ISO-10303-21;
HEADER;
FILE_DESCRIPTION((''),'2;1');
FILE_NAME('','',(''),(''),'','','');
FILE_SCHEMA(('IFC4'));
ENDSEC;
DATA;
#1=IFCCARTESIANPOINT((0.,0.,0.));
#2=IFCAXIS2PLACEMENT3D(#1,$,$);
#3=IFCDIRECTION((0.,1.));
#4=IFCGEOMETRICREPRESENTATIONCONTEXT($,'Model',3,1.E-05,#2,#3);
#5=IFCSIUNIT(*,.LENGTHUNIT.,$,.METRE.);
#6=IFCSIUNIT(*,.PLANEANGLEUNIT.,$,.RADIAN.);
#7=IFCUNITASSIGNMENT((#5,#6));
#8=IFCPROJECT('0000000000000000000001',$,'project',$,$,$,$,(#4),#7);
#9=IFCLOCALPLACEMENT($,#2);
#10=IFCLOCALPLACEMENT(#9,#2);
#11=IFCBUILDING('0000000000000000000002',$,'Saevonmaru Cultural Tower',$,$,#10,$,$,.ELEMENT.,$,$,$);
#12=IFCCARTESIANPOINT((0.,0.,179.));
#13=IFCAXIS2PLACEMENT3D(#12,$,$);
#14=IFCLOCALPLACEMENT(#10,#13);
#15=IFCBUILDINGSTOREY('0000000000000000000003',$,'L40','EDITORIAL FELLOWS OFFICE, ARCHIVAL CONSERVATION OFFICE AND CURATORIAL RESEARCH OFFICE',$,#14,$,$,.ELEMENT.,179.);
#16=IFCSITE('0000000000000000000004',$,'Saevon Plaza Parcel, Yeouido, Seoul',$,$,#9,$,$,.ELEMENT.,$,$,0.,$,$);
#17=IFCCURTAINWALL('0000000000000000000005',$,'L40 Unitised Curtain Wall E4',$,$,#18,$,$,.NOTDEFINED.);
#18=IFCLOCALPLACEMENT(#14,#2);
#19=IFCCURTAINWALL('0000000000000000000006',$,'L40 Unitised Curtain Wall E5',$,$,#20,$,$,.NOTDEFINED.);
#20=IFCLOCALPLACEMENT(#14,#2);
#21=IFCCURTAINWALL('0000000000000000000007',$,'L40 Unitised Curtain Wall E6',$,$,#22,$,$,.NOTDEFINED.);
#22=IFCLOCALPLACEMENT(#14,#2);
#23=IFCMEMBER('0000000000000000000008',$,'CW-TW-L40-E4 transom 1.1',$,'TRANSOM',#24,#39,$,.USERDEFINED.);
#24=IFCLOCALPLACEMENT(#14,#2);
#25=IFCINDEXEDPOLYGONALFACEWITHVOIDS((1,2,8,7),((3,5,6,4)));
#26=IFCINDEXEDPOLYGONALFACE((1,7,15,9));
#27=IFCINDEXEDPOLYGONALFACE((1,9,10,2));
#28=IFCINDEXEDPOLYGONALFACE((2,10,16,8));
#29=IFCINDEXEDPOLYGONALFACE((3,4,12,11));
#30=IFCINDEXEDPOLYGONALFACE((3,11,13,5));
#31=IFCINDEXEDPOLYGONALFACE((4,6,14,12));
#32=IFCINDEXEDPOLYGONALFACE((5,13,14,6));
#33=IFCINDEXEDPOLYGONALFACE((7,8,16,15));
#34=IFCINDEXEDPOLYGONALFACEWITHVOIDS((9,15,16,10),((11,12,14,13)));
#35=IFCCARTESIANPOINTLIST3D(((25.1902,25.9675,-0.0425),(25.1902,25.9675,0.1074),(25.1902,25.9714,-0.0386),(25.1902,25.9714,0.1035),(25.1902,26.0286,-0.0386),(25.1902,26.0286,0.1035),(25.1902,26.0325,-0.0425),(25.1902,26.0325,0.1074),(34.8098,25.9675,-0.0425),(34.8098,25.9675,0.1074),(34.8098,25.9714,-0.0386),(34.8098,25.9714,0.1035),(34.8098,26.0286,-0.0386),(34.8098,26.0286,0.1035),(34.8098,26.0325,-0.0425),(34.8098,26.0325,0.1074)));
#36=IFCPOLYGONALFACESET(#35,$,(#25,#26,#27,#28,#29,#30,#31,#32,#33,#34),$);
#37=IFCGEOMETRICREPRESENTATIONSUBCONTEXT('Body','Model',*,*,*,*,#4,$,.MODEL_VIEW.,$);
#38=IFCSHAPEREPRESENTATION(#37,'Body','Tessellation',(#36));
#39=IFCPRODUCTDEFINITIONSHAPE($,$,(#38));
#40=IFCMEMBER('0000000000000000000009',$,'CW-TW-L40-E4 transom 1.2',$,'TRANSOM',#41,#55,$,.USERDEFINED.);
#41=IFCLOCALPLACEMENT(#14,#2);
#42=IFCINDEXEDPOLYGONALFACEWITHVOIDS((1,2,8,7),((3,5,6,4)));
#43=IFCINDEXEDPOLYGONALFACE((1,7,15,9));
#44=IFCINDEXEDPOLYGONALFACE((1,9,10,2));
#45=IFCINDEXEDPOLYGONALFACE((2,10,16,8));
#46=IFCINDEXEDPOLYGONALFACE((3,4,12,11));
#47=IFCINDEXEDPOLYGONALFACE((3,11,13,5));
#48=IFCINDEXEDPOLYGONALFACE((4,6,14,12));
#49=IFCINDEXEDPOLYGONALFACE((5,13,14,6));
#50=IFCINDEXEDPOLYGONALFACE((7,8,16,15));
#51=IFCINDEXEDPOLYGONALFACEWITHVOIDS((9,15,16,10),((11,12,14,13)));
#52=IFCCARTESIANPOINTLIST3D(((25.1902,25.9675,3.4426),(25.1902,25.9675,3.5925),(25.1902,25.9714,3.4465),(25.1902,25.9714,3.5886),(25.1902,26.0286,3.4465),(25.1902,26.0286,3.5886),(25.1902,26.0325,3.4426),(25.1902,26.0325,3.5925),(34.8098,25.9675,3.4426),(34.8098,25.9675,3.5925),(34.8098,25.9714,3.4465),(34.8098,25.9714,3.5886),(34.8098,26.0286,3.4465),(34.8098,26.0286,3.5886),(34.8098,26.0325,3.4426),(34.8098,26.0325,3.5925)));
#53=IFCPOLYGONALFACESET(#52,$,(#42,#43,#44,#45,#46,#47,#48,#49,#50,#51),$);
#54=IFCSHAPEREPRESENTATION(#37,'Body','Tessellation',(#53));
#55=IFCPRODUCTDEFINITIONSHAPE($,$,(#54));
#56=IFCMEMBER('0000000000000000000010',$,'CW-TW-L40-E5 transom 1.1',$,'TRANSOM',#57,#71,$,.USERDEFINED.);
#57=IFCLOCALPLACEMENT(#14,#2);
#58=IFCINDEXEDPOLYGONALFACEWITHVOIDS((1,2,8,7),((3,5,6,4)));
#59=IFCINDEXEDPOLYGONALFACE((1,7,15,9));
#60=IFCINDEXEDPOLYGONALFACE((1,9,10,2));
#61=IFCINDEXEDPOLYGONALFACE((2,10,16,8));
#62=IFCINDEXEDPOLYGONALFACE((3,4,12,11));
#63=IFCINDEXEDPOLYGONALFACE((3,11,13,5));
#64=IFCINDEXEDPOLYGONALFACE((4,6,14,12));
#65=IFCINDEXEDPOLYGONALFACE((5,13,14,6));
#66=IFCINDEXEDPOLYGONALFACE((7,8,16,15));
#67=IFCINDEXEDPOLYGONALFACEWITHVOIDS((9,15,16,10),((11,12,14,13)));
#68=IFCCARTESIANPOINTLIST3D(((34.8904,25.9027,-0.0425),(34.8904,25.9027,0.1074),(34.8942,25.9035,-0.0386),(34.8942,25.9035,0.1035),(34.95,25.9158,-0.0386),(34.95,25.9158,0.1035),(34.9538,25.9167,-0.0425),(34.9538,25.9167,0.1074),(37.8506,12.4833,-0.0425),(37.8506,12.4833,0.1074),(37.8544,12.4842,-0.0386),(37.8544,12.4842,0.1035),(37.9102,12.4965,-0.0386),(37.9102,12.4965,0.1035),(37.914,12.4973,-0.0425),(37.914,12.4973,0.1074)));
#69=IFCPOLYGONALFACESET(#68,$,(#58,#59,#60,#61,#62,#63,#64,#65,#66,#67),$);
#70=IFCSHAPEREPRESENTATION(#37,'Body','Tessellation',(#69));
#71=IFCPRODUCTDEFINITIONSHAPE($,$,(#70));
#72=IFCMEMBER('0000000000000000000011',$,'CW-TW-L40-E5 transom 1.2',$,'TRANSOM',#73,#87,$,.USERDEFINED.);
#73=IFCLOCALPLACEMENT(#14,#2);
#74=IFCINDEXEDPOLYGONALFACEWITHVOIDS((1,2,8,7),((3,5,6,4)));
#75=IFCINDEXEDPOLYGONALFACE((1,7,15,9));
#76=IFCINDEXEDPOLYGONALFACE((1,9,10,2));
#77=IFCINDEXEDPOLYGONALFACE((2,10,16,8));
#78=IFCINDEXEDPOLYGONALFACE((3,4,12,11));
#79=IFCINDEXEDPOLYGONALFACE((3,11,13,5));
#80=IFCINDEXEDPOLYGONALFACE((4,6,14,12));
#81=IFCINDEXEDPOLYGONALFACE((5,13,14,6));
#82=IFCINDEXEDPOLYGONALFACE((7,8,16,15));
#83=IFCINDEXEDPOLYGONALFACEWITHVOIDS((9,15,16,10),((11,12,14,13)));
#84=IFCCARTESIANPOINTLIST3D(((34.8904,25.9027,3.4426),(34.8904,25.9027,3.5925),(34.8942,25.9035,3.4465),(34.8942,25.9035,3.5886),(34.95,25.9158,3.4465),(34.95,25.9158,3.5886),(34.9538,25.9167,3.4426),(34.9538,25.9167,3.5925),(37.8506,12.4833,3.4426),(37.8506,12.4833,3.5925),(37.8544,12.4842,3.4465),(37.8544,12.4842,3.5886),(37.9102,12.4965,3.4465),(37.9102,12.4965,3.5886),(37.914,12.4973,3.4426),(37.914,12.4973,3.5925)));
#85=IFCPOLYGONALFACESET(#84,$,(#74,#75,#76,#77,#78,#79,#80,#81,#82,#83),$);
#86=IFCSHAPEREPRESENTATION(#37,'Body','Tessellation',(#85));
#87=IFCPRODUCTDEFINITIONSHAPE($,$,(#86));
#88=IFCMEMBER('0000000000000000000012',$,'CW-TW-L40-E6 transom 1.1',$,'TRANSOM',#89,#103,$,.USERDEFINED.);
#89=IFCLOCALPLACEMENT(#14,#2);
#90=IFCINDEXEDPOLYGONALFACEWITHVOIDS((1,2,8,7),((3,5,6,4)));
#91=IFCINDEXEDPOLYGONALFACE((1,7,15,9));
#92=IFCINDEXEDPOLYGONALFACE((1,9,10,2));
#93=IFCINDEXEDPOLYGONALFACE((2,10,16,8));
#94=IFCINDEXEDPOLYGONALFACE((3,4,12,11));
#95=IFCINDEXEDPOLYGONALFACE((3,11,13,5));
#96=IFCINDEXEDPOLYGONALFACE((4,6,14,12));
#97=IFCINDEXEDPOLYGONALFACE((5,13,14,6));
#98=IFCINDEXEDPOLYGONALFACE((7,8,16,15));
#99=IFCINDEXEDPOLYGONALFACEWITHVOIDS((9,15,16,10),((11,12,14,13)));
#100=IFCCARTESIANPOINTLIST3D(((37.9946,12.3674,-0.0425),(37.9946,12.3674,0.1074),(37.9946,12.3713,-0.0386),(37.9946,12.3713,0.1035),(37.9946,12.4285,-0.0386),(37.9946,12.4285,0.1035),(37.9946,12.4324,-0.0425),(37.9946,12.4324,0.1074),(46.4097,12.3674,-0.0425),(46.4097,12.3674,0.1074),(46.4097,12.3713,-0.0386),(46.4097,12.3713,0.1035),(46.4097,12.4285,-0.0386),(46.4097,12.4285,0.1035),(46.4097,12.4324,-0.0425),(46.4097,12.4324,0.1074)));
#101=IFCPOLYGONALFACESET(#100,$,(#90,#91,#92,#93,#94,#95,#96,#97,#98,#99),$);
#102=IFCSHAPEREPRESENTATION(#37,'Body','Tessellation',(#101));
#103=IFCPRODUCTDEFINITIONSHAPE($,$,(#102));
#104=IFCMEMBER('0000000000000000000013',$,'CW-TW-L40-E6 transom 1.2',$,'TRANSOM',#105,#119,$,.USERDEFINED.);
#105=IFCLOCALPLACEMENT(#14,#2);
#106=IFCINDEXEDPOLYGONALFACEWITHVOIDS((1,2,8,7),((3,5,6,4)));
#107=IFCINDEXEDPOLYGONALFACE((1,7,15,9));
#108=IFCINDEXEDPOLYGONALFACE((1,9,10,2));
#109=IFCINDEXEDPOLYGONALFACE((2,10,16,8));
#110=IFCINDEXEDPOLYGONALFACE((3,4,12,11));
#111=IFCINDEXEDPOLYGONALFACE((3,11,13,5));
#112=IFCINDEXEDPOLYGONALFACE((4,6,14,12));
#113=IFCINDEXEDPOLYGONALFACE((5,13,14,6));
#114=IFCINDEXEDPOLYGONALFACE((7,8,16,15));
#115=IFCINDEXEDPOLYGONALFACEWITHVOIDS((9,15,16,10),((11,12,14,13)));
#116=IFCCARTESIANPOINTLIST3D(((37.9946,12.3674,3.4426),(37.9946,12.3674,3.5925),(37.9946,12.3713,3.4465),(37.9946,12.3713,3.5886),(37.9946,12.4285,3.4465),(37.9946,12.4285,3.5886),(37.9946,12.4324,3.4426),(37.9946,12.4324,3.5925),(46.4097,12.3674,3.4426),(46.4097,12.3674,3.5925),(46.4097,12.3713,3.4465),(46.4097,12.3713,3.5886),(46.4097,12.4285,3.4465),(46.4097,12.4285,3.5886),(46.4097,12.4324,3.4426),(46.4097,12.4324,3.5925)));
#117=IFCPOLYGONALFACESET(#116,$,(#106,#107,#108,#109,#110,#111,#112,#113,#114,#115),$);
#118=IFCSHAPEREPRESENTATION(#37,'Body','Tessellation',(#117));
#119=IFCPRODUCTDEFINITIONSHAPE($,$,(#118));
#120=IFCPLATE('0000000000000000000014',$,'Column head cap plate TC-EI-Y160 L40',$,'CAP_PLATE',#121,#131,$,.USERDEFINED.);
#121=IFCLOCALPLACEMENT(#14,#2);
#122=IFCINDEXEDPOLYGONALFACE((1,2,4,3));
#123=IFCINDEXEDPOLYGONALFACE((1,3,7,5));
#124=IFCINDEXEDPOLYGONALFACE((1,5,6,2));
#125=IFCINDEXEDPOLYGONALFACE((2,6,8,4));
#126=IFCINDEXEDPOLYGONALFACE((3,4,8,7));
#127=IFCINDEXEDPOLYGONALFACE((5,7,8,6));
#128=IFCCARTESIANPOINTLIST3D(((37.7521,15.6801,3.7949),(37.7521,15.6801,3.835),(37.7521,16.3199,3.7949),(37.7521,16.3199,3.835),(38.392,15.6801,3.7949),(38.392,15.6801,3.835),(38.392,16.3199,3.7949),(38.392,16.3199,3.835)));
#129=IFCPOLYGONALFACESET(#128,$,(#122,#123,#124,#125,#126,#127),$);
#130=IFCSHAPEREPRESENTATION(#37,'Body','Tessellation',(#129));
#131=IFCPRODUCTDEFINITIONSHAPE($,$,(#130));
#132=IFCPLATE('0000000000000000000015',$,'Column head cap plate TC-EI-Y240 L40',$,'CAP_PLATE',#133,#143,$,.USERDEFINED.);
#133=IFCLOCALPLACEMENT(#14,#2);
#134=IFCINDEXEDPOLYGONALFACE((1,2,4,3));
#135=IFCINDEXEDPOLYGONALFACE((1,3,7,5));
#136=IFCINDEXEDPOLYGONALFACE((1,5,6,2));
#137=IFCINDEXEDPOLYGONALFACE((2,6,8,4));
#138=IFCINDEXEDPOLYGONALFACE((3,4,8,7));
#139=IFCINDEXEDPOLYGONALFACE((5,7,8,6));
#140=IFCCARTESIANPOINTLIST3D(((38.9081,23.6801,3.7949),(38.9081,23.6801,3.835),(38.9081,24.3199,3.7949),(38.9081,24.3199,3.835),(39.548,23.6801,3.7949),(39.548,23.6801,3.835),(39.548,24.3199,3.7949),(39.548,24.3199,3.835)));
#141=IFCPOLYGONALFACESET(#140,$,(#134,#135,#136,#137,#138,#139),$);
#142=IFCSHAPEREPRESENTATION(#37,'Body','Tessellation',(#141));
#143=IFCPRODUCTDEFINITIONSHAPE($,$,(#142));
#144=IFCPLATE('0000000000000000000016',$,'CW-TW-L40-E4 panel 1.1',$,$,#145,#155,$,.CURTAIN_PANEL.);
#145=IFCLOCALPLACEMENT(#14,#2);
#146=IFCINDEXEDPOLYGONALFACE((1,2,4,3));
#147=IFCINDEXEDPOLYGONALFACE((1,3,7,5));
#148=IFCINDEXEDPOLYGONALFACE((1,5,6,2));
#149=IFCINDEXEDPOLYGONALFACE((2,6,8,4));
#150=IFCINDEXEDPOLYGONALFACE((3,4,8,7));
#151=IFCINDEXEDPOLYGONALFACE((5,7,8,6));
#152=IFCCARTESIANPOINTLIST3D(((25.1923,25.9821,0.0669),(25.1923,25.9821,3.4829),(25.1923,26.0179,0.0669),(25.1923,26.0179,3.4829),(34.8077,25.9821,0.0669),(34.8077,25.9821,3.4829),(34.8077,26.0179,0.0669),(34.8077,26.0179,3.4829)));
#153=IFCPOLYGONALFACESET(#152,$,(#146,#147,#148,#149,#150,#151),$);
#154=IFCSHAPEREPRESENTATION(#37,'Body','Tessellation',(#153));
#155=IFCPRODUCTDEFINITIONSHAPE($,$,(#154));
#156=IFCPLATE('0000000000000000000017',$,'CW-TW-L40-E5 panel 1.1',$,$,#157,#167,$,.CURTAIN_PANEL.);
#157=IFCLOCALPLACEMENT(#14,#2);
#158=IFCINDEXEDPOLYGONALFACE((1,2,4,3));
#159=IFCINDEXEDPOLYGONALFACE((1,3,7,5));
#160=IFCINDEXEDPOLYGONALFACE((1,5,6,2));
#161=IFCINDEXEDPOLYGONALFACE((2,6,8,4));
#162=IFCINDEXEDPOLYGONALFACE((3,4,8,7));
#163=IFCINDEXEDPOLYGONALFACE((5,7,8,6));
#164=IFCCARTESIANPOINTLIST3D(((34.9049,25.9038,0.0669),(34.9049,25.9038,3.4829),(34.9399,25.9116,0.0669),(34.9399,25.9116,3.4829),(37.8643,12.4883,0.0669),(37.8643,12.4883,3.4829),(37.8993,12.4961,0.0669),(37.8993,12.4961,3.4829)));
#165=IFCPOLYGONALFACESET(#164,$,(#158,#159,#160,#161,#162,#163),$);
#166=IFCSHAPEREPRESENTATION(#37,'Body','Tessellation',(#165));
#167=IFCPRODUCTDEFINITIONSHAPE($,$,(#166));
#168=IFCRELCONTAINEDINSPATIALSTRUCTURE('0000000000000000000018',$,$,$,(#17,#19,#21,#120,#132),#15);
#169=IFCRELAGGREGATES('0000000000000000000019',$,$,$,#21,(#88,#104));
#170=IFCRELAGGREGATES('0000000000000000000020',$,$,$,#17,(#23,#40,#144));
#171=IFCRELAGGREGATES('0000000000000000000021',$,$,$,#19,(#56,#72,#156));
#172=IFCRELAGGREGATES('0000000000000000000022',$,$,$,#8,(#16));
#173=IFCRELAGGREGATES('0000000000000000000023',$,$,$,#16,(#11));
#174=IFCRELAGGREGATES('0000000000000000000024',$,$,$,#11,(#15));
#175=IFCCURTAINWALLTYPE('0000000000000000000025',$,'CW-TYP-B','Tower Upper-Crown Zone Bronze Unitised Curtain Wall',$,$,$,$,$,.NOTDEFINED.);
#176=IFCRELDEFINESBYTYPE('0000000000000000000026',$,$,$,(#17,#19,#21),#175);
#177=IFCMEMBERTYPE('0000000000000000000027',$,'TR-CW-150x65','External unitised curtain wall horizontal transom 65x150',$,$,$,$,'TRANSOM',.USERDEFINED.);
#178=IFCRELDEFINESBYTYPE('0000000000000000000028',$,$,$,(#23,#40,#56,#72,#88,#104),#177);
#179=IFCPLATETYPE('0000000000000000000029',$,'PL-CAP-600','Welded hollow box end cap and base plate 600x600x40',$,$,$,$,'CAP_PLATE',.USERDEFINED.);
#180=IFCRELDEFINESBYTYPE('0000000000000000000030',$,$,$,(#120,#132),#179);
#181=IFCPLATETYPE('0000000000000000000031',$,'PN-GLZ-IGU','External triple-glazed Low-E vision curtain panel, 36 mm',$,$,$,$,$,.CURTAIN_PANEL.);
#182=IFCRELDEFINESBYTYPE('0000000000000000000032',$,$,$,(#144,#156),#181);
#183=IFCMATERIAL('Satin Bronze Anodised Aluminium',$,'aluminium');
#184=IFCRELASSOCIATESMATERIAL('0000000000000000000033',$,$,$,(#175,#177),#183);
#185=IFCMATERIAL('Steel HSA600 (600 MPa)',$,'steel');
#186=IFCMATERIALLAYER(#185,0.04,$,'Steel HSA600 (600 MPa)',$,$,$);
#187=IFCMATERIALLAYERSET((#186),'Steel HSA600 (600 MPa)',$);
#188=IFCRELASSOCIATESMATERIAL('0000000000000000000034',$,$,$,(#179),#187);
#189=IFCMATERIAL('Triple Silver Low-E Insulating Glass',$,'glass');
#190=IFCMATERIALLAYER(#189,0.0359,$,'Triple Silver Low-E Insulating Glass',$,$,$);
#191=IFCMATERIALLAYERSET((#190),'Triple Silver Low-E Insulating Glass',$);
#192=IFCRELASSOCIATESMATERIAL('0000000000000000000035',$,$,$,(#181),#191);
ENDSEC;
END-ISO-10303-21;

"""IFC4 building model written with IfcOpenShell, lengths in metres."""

from ifc_helpers import new_model, si_unit, direction, frame, origin, origin_2d, place, context, subcontext, project, spatial, rectangle, hollow_rectangle, extrude, material, layer, layer_set, material_profile, profile_set, type_object, element, aggregate, save


model = new_model("IFC4")

# Units and contexts
model_context = context("Model", 3, precision=1e-05, world=origin(), true_north=direction((0.0, 1.0)))
body_context = subcontext(model_context, "Body", "Model", "MODEL_VIEW")
ifc_project = project(units=[si_unit("LENGTHUNIT", "METRE"), si_unit("PLANEANGLEUNIT", "RADIAN")], contexts=[model_context])

# Site, building, storey
site_placement = place(None, origin())
site = spatial("IfcSite", under=ifc_project, at=site_placement, Name="Saevon Plaza Parcel, Yeouido, Seoul", CompositionType="ELEMENT", RefElevation=0.0)
building_placement = place(site_placement, origin())
building = spatial("IfcBuilding", under=site, at=building_placement, Name="Saevonmaru Cultural Tower", CompositionType="ELEMENT")
storey_placement = place(building_placement, frame((0.0, 0.0, 179.0)))
storey = spatial("IfcBuildingStorey", under=building, at=storey_placement, Name="L40", Description="EDITORIAL FELLOWS OFFICE, ARCHIVAL CONSERVATION OFFICE AND CURATORIAL RESEARCH OFFICE", CompositionType="ELEMENT", Elevation=179.0)

# Curtain wall
ifc_material_1 = material(Name="Satin Bronze Anodised Aluminium", Category="aluminium")
curtain_wall_type = type_object("IfcCurtainWallType", Name="CW-TYP-B", Description="Tower Upper-Crown Zone Bronze Unitised Curtain Wall", PredefinedType="NOTDEFINED", material=ifc_material_1)
curtain_wall_1_placement = place(storey_placement, origin())
curtain_wall_1 = element("IfcCurtainWall", 1, at=curtain_wall_1_placement, inside=storey, type_object=curtain_wall_type, Name="L40 Unitised Curtain Wall E4", PredefinedType="NOTDEFINED")

# Curtain wall
curtain_wall_2_placement = place(storey_placement, origin())
curtain_wall_2 = element("IfcCurtainWall", 2, at=curtain_wall_2_placement, inside=storey, type_object=curtain_wall_type, Name="L40 Unitised Curtain Wall E5", PredefinedType="NOTDEFINED")

# Curtain wall
curtain_wall_3_placement = place(storey_placement, origin())
curtain_wall_3 = element("IfcCurtainWall", 3, at=curtain_wall_3_placement, inside=storey, type_object=curtain_wall_type, Name="L40 Unitised Curtain Wall E6", PredefinedType="NOTDEFINED")

# Members
ifc_material_profile_1 = material_profile(ifc_material_1, hollow_rectangle(XDim=0.0649, YDim=0.1499, WallThickness=0.0039, at=origin_2d()), Name="ALU-TRAN-150x65x4")
ifc_profile_set_1 = profile_set([ifc_material_profile_1], Name="Satin Bronze Anodised Aluminium")
member_type_1 = type_object("IfcMemberType", Name="TR-CW-150x65", Description="External unitised curtain wall horizontal transom 65x150", ElementType="TRANSOM", PredefinedType="USERDEFINED", material=ifc_profile_set_1)
member_1_placement = place(storey_placement, frame((25.1902, 26.0, 0.0325), z_axis=(1.0, 0.0, 0.0), x_axis=(0.0, 1.0, 0.0)))
member_1 = element("IfcMember", 4, at=member_1_placement, type_object=member_type_1, Name="CW-TW-L40-E4 transom 1.1", ObjectType="TRANSOM", PredefinedType="USERDEFINED", context=body_context, shape_type="SweptSolid", body=[
    extrude(hollow_rectangle(XDim=0.0649, YDim=0.1499, WallThickness=0.0039, at=origin_2d()), origin(), (0.0, 0.0, 1.0), 9.6196),
])
member_2_placement = place(storey_placement, frame((25.1902, 26.0, 3.5176), z_axis=(1.0, 0.0, 0.0), x_axis=(0.0, 1.0, 0.0)))
member_2 = element("IfcMember", 5, at=member_2_placement, type_object=member_type_1, Name="CW-TW-L40-E4 transom 1.2", ObjectType="TRANSOM", PredefinedType="USERDEFINED", context=body_context, shape_type="SweptSolid", body=[
    extrude(hollow_rectangle(XDim=0.0649, YDim=0.1499, WallThickness=0.0039, at=origin_2d()), origin(), (0.0, 0.0, 1.0), 9.6196),
])
member_3_placement = place(storey_placement, frame((34.9221, 25.9097, 0.0325), z_axis=(0.215412, -0.976523, 0.0), x_axis=(0.976523, 0.215412, 0.0)))
member_3 = element("IfcMember", 6, at=member_3_placement, type_object=member_type_1, Name="CW-TW-L40-E5 transom 1.1", ObjectType="TRANSOM", PredefinedType="USERDEFINED", context=body_context, shape_type="SweptSolid", body=[
    extrude(hollow_rectangle(XDim=0.0649, YDim=0.1499, WallThickness=0.0039, at=origin_2d()), origin(), (0.0, 0.0, 1.0), 13.7419),
])
member_4_placement = place(storey_placement, frame((34.9221, 25.9097, 3.5176), z_axis=(0.215412, -0.976523, 0.0), x_axis=(0.976523, 0.215412, 0.0)))
member_4 = element("IfcMember", 7, at=member_4_placement, type_object=member_type_1, Name="CW-TW-L40-E5 transom 1.2", ObjectType="TRANSOM", PredefinedType="USERDEFINED", context=body_context, shape_type="SweptSolid", body=[
    extrude(hollow_rectangle(XDim=0.0649, YDim=0.1499, WallThickness=0.0039, at=origin_2d()), origin(), (0.0, 0.0, 1.0), 13.7419),
])
member_5_placement = place(storey_placement, frame((37.9946, 12.3999, 0.0325), z_axis=(1.0, 0.0, 0.0), x_axis=(0.0, 1.0, 0.0)))
member_5 = element("IfcMember", 8, at=member_5_placement, type_object=member_type_1, Name="CW-TW-L40-E6 transom 1.1", ObjectType="TRANSOM", PredefinedType="USERDEFINED", context=body_context, shape_type="SweptSolid", body=[
    extrude(hollow_rectangle(XDim=0.0649, YDim=0.1499, WallThickness=0.0039, at=origin_2d()), origin(), (0.0, 0.0, 1.0), 8.415),
])
member_6_placement = place(storey_placement, frame((37.9946, 12.3999, 3.5176), z_axis=(1.0, 0.0, 0.0), x_axis=(0.0, 1.0, 0.0)))
member_6 = element("IfcMember", 9, at=member_6_placement, type_object=member_type_1, Name="CW-TW-L40-E6 transom 1.2", ObjectType="TRANSOM", PredefinedType="USERDEFINED", context=body_context, shape_type="SweptSolid", body=[
    extrude(hollow_rectangle(XDim=0.0649, YDim=0.1499, WallThickness=0.0039, at=origin_2d()), origin(), (0.0, 0.0, 1.0), 8.415),
])
aggregate(curtain_wall_3, [member_5, member_6])

# Plates
ifc_material_2 = material(Name="Steel HSA600 (600 MPa)", Category="steel")
ifc_layer_1 = layer(ifc_material_2, 0.04, Name="Steel HSA600 (600 MPa)")
ifc_layer_set_1 = layer_set([ifc_layer_1], Name="Steel HSA600 (600 MPa)")
plate_type_1 = type_object("IfcPlateType", Name="PL-CAP-600", Description="Welded hollow box end cap and base plate 600x600x40", ElementType="CAP_PLATE", PredefinedType="USERDEFINED", material=ifc_layer_set_1)
for number, where, z_axis, x_axis, name in (
    (10, (38.072, 16.0, 3.7949), (0.0, 0.0, 1.0), (1.0, 0.0, 0.0), "Column head cap plate TC-EI-Y160 L40"),
    (11, (39.228, 24.0, 3.7949), (0.0, 0.0, 1.0), (1.0, 0.0, 0.0), "Column head cap plate TC-EI-Y240 L40"),
):
    element("IfcPlate", number, at=place(storey_placement, frame(where, z_axis=z_axis, x_axis=x_axis)), inside=storey, type_object=plate_type_1, Name=name, ObjectType="CAP_PLATE", PredefinedType="USERDEFINED", context=body_context, shape_type="SweptSolid", body=[
        extrude(rectangle(XDim=0.6399, YDim=0.6399, at=origin_2d()), origin(), (0.0, 0.0, 1.0), 0.04),
    ])

# Plates
ifc_material_3 = material(Name="Triple Silver Low-E Insulating Glass", Category="glass")
ifc_layer_2 = layer(ifc_material_3, 0.0359, Name="Triple Silver Low-E Insulating Glass")
ifc_layer_set_2 = layer_set([ifc_layer_2], Name="Triple Silver Low-E Insulating Glass")
plate_type_2 = type_object("IfcPlateType", Name="PN-GLZ-IGU", Description="External triple-glazed Low-E vision curtain panel, 36 mm", PredefinedType="CURTAIN_PANEL", material=ifc_layer_set_2)
plate_1_placement = place(storey_placement, frame((30.0, 26.0, 0.0669), z_axis=(0.0, 0.0, 1.0), x_axis=(1.0, 0.0, 0.0)))
plate_1 = element("IfcPlate", 12, at=plate_1_placement, type_object=plate_type_2, Name="CW-TW-L40-E4 panel 1.1", PredefinedType="CURTAIN_PANEL", context=body_context, shape_type="SweptSolid", body=[
    extrude(rectangle(XDim=9.6155, YDim=0.0359, at=origin_2d()), origin(), (0.0, 0.0, 1.0), 3.416),
])
aggregate(curtain_wall_1, [member_1, member_2, plate_1])
plate_2_placement = place(storey_placement, frame((36.4021, 19.2, 0.0669), z_axis=(0.0, 0.0, 1.0), x_axis=(0.215413, -0.976523, 0.0)))
plate_2 = element("IfcPlate", 13, at=plate_2_placement, type_object=plate_type_2, Name="CW-TW-L40-E5 panel 1.1", PredefinedType="CURTAIN_PANEL", context=body_context, shape_type="SweptSolid", body=[
    extrude(rectangle(XDim=13.738, YDim=0.0359, at=origin_2d()), origin(), (0.0, 0.0, 1.0), 3.416),
])
aggregate(curtain_wall_2, [member_3, member_4, plate_2])

save(model, "model.ifc")
